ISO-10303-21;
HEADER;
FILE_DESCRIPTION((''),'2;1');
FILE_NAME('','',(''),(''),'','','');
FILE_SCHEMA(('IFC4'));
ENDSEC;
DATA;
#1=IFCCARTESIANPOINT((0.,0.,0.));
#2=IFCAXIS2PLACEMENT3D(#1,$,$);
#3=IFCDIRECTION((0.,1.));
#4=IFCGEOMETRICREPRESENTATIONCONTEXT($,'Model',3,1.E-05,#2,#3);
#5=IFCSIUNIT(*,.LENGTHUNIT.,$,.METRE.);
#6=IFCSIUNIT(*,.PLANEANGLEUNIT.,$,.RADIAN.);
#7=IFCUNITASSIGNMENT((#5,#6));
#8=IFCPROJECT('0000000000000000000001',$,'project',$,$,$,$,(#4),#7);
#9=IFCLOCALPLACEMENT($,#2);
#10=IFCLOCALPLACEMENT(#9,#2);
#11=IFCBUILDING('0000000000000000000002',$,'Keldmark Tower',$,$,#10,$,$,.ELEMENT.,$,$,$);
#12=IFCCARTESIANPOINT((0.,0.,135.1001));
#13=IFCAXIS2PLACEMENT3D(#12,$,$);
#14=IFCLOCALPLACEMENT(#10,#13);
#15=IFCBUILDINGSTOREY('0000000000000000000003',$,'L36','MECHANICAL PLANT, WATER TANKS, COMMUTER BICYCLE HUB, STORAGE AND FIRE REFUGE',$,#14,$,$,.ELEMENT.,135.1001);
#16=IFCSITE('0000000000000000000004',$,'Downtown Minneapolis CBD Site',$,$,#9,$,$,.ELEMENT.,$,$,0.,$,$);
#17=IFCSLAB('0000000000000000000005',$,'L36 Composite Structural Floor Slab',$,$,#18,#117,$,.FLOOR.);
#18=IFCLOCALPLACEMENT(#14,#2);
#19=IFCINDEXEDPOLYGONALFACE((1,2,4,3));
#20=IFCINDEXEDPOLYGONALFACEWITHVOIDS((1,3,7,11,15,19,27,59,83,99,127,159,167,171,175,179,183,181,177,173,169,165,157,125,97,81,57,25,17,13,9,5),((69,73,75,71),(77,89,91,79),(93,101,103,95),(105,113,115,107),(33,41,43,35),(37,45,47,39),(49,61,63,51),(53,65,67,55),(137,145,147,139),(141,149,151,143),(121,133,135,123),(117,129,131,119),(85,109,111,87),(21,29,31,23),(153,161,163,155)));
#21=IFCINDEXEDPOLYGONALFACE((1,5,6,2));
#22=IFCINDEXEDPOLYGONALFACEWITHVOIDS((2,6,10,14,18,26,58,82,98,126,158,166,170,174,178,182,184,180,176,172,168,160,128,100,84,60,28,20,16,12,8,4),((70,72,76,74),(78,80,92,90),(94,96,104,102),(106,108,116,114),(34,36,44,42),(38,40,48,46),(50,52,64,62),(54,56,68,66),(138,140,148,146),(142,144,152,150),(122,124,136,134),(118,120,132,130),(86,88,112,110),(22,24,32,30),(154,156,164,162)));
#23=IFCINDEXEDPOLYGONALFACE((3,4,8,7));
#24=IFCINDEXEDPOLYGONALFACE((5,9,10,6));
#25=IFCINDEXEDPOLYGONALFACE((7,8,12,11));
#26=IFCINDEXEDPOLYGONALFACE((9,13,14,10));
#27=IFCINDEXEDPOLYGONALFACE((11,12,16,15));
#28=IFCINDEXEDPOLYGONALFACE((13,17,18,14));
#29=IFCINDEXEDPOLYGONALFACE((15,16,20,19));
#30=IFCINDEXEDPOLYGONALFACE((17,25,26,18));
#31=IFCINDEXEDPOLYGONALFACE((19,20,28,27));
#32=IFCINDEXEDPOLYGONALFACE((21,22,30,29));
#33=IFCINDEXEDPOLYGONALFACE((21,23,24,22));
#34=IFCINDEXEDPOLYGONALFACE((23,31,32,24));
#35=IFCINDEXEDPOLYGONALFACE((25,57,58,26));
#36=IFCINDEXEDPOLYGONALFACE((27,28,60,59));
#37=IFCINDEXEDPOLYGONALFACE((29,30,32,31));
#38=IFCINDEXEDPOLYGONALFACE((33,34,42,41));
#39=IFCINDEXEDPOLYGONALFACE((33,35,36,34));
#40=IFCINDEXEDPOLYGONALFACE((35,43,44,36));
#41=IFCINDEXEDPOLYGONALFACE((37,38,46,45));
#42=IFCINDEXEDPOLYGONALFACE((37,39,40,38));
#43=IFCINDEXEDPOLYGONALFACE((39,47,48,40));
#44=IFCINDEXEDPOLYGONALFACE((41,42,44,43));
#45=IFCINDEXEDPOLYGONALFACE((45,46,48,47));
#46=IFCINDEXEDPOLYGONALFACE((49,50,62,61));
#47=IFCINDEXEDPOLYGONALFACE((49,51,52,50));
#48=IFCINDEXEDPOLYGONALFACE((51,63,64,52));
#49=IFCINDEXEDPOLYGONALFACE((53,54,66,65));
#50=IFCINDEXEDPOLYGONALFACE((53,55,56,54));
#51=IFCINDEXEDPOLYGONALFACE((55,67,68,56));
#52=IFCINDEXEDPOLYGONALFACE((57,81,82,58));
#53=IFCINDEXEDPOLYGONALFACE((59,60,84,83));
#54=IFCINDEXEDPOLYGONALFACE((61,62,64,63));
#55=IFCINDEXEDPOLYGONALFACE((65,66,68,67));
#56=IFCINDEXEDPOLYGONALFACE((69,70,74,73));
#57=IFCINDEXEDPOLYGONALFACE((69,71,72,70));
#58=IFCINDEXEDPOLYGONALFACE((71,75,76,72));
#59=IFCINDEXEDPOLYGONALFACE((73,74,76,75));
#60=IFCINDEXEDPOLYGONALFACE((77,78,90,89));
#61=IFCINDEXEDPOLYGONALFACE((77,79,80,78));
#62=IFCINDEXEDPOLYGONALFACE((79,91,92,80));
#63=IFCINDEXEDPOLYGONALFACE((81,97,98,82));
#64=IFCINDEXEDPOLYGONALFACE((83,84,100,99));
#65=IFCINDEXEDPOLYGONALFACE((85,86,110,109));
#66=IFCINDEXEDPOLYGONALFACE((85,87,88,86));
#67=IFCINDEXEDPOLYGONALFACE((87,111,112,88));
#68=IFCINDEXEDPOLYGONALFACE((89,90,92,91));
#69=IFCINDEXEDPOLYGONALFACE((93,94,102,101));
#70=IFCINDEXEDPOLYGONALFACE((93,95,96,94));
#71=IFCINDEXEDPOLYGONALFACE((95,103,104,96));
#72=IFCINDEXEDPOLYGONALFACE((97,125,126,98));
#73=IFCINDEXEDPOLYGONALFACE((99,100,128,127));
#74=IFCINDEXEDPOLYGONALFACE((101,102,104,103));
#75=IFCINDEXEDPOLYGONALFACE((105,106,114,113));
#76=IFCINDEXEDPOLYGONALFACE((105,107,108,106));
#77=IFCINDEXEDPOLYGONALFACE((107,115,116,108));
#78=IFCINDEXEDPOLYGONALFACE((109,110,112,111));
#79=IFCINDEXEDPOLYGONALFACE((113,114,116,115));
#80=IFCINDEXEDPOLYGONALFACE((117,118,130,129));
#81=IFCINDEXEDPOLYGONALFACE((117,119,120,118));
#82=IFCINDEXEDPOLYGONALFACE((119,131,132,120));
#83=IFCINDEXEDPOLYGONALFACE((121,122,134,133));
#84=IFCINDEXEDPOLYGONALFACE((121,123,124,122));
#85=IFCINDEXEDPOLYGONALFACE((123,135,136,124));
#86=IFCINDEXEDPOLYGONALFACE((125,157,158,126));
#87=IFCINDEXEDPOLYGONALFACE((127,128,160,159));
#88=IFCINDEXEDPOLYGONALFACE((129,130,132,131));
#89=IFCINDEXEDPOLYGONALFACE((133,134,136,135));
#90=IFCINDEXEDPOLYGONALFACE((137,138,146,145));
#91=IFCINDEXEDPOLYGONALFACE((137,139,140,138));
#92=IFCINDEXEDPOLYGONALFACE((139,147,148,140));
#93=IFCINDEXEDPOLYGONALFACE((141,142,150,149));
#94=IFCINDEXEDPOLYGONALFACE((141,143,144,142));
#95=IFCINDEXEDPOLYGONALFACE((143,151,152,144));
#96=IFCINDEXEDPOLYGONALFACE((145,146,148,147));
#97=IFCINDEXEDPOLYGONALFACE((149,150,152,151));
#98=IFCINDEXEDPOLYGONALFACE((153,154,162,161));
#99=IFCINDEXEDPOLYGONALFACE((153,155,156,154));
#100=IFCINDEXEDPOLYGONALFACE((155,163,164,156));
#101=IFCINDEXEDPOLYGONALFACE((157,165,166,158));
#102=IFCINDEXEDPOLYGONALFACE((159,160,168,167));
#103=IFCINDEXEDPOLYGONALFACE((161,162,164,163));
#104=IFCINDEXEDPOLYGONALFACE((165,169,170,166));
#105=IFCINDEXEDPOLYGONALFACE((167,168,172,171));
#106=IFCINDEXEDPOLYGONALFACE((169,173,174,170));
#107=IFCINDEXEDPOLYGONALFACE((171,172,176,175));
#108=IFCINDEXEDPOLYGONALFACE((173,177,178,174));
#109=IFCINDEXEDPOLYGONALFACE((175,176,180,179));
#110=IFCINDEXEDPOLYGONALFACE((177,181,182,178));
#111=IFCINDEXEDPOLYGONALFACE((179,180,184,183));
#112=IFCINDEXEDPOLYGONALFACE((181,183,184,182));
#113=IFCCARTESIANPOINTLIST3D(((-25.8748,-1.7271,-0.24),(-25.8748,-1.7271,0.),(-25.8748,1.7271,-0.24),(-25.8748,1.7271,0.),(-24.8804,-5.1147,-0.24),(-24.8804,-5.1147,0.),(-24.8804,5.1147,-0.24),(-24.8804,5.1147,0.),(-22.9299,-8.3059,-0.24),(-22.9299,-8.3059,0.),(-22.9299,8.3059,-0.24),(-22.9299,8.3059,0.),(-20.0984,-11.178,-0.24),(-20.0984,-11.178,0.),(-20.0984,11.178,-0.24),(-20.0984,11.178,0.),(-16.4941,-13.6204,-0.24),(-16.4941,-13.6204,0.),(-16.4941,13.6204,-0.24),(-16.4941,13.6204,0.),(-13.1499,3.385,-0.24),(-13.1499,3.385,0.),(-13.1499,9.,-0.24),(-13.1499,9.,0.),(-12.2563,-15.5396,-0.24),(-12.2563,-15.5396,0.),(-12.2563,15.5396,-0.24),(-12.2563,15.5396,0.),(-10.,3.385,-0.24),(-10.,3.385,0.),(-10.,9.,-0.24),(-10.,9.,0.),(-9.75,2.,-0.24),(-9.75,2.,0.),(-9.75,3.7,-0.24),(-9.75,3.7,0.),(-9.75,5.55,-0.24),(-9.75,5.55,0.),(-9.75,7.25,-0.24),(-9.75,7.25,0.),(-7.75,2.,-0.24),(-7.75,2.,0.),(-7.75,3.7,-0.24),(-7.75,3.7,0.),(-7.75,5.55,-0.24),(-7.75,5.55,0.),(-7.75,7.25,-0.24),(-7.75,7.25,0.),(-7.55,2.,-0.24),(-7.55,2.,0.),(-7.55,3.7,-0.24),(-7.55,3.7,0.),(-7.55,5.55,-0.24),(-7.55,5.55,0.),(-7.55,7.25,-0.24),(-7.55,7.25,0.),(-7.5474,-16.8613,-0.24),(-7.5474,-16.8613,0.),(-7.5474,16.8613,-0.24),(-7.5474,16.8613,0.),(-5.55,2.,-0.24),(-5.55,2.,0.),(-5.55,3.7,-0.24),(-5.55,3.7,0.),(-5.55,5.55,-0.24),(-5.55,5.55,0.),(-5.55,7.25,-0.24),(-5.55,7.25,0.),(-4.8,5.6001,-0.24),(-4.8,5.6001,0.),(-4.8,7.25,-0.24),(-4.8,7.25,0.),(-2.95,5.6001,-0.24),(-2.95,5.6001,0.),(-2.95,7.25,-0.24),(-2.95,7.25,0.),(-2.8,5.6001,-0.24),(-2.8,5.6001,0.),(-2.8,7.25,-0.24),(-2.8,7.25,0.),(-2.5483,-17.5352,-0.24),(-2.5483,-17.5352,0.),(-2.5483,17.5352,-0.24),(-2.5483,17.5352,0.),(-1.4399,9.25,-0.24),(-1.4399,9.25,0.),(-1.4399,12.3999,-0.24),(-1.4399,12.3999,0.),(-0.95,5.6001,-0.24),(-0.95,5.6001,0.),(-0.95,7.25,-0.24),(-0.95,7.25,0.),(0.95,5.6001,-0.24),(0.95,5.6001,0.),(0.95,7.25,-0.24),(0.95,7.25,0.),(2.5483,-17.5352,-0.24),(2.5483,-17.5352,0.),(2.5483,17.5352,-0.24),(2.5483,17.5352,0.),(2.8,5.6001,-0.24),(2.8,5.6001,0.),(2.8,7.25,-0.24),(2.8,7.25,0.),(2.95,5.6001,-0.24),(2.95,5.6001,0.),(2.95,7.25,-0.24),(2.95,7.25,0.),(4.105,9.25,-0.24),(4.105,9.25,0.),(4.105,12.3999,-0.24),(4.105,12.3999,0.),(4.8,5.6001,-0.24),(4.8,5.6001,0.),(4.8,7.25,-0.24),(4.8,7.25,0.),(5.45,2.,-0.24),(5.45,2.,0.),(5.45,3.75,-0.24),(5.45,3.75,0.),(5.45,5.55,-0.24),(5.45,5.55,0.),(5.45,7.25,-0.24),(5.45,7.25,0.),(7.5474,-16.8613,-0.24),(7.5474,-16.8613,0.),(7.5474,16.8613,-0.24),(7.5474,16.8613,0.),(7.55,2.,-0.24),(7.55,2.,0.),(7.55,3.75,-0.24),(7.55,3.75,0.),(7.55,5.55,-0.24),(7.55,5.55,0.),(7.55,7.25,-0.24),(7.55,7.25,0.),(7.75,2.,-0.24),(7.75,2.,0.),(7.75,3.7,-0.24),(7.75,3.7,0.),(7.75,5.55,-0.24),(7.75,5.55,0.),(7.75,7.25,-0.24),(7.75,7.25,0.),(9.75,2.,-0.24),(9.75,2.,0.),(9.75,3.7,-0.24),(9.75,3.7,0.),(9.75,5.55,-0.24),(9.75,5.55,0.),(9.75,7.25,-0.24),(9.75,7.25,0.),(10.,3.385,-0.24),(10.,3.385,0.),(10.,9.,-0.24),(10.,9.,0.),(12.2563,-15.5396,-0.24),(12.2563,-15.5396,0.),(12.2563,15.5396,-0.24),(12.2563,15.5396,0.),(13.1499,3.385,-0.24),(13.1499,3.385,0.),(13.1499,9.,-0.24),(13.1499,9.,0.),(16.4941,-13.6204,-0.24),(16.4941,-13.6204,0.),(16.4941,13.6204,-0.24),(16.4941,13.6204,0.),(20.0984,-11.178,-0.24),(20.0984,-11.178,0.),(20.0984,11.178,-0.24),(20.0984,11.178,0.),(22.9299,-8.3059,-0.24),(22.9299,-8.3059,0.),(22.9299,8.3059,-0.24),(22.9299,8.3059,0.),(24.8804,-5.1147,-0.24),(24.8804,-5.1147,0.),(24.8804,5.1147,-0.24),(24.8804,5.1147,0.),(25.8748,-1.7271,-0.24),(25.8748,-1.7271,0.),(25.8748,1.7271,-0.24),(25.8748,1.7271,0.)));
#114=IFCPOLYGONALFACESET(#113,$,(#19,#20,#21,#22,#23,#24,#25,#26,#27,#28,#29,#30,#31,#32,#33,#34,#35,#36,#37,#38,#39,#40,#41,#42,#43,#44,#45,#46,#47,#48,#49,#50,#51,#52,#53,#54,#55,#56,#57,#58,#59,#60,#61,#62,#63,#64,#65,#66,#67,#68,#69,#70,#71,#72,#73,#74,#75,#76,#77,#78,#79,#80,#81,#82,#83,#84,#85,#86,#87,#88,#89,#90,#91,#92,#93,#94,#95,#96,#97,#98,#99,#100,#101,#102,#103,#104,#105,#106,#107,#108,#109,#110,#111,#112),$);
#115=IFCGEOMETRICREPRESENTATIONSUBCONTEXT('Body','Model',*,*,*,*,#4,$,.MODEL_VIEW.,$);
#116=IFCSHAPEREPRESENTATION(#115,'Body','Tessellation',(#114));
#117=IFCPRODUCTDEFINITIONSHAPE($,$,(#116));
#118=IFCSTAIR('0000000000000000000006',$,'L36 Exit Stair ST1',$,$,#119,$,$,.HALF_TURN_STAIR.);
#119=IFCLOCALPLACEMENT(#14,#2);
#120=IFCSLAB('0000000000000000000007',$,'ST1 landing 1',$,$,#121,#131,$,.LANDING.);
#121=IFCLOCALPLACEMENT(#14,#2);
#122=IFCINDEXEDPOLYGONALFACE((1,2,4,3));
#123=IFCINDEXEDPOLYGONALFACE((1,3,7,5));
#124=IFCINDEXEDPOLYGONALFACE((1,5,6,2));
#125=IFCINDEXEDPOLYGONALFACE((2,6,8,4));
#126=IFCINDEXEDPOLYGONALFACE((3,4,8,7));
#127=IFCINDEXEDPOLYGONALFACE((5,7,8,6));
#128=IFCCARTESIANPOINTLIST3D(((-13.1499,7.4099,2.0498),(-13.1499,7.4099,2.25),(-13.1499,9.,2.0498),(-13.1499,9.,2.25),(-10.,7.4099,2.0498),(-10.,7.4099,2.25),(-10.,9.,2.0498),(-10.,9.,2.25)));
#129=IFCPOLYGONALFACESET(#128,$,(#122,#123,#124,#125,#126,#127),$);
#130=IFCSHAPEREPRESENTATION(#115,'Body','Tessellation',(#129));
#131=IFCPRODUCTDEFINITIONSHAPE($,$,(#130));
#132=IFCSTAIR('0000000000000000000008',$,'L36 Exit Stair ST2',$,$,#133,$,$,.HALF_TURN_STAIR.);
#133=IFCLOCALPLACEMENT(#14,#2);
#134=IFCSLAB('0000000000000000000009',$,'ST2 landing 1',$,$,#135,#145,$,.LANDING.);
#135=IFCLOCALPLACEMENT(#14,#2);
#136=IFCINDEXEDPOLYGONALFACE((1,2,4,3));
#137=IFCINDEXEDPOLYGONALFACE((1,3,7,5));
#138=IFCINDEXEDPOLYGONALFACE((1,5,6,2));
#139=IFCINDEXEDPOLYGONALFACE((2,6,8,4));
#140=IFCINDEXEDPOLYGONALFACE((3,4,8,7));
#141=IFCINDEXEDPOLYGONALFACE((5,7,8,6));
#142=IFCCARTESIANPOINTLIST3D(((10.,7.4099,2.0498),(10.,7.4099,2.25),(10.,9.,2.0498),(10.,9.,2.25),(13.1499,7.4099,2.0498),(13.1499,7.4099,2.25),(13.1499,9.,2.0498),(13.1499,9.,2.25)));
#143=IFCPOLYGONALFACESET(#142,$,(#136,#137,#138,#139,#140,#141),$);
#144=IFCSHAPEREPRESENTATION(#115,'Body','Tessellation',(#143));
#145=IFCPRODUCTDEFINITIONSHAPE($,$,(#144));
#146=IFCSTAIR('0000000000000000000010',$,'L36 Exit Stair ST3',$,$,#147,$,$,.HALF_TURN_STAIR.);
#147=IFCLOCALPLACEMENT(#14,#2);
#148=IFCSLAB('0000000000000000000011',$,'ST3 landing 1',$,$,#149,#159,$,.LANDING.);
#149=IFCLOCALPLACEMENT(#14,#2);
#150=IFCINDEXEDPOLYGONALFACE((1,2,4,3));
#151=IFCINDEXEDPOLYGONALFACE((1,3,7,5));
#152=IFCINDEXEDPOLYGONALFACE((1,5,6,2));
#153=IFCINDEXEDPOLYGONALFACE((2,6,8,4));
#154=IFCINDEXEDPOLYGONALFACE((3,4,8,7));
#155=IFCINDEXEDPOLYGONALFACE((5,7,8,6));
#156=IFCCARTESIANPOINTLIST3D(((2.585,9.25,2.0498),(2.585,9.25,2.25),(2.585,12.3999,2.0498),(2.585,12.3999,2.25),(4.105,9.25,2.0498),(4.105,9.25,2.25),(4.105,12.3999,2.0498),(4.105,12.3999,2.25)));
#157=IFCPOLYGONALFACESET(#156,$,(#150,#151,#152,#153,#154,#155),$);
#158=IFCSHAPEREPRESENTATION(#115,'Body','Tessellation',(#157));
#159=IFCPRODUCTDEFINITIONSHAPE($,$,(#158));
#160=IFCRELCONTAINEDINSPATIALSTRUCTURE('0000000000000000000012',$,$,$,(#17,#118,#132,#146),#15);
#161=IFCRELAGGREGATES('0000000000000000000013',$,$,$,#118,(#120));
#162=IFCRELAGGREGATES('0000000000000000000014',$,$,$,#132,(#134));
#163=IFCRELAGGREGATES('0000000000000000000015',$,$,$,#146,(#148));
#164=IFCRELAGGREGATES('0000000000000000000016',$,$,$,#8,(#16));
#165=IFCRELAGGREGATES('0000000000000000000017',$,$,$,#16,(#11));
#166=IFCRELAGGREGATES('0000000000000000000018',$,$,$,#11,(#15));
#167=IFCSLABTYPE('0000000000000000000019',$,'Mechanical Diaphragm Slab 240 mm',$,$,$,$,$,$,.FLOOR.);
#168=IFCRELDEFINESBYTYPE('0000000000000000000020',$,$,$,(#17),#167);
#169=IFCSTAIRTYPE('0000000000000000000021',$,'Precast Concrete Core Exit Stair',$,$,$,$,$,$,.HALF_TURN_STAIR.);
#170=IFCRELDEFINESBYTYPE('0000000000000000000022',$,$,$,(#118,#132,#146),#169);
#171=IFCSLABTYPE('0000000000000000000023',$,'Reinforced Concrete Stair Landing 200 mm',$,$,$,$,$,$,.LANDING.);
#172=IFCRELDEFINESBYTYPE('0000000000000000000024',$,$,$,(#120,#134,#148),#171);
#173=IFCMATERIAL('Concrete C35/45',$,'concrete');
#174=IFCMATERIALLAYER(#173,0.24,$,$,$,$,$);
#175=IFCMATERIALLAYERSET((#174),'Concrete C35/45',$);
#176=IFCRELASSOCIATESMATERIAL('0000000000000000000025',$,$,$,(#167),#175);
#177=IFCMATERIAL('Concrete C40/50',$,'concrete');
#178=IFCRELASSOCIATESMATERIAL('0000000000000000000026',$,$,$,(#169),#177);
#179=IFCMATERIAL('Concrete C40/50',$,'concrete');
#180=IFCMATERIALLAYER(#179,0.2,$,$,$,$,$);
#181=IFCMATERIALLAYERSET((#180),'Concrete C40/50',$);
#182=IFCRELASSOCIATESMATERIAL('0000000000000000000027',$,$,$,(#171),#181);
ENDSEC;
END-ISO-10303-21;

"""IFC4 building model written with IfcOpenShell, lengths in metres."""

from ifc_helpers import new_model, si_unit, direction, frame, origin, place, context, subcontext, project, spatial, polyline, outline, extrude, material, layer, layer_set, type_object, element, aggregate, save


model = new_model("IFC4")

# Units and contexts
model_context = context("Model", 3, precision=1e-05, world=origin(), true_north=direction((0.0, 1.0)))
body_context = subcontext(model_context, "Body", "Model", "MODEL_VIEW")
ifc_project = project(units=[si_unit("LENGTHUNIT", "METRE"), si_unit("PLANEANGLEUNIT", "RADIAN")], contexts=[model_context])

# Site, building, storey
site_placement = place(None, origin())
site = spatial("IfcSite", under=ifc_project, at=site_placement, Name="Downtown Minneapolis CBD Site", CompositionType="ELEMENT", RefElevation=0.0)
building_placement = place(site_placement, origin())
building = spatial("IfcBuilding", under=site, at=building_placement, Name="Keldmark Tower", CompositionType="ELEMENT")
storey_placement = place(building_placement, frame((0.0, 0.0, 135.1001)))
storey = spatial("IfcBuildingStorey", under=building, at=storey_placement, Name="L36", Description="MECHANICAL PLANT, WATER TANKS, COMMUTER BICYCLE HUB, STORAGE AND FIRE REFUGE", CompositionType="ELEMENT", Elevation=135.1001)

# Slab
ifc_material_1 = material(Name="Concrete C35/45", Category="concrete")
ifc_layer_1 = layer(ifc_material_1, 0.24)
ifc_layer_set_1 = layer_set([ifc_layer_1], Name="Concrete C35/45")
slab_type_1 = type_object("IfcSlabType", Name="Mechanical Diaphragm Slab 240 mm", PredefinedType="FLOOR", material=ifc_layer_set_1)
slab_1_placement = place(storey_placement, frame((0.0, 0.0, -0.24)))
element("IfcSlab", 1, at=slab_1_placement, inside=storey, type_object=slab_type_1, Name="L36 Composite Structural Floor Slab", PredefinedType="FLOOR", context=body_context, shape_type="SweptSolid", body=[
    extrude(outline(polyline([(25.8748, 1.7271), (24.8804, 5.1147), (22.9299, 8.3059), (20.0984, 11.178), (16.4941, 13.6204), (12.2563, 15.5396), (7.5474, 16.8613), (2.5483, 17.5352), (-2.5483, 17.5352), (-7.5474, 16.8613), (-12.2563, 15.5396), (-16.4941, 13.6204), (-20.0984, 11.178), (-22.9299, 8.3059), (-24.8804, 5.1147), (-25.8748, 1.7271), (-25.8748, -1.7271), (-24.8804, -5.1147), (-22.9299, -8.3059), (-20.0984, -11.178), (-16.4941, -13.6204), (-12.2563, -15.5396), (-7.5474, -16.8613), (-2.5483, -17.5352), (2.5483, -17.5352), (7.5474, -16.8613), (12.2563, -15.5396), (16.4941, -13.6204), (20.0984, -11.178), (22.9299, -8.3059), (24.8804, -5.1147), (25.8748, -1.7271), (25.8748, 1.7271)]), holes=[polyline([(-10.0, 3.385), (-10.0, 9.0), (-13.1499, 9.0), (-13.1499, 3.385), (-10.0, 3.385)]), polyline([(13.1499, 3.385), (13.1499, 9.0), (10.0, 9.0), (10.0, 3.385), (13.1499, 3.385)]), polyline([(-1.4399, 9.25), (4.105, 9.25), (4.105, 12.3999), (-1.4399, 12.3999), (-1.4399, 9.25)]), polyline([(-9.75, 2.0), (-7.75, 2.0), (-7.75, 3.7), (-9.75, 3.7), (-9.75, 2.0)]), polyline([(7.75, 2.0), (9.75, 2.0), (9.75, 3.7), (7.75, 3.7), (7.75, 2.0)]), polyline([(5.45, 2.0), (7.55, 2.0), (7.55, 3.75), (5.45, 3.75), (5.45, 2.0)]), polyline([(-4.8, 5.6001), (-2.95, 5.6001), (-2.95, 7.25), (-4.8, 7.25), (-4.8, 5.6001)]), polyline([(-2.8, 5.6001), (-0.95, 5.6001), (-0.95, 7.25), (-2.8, 7.25), (-2.8, 5.6001)]), polyline([(0.95, 5.6001), (2.8, 5.6001), (2.8, 7.25), (0.95, 7.25), (0.95, 5.6001)]), polyline([(2.95, 5.6001), (4.8, 5.6001), (4.8, 7.25), (2.95, 7.25), (2.95, 5.6001)]), polyline([(-9.75, 5.55), (-7.75, 5.55), (-7.75, 7.25), (-9.75, 7.25), (-9.75, 5.55)]), polyline([(-7.55, 5.55), (-5.55, 5.55), (-5.55, 7.25), (-7.55, 7.25), (-7.55, 5.55)]), polyline([(-7.55, 2.0), (-5.55, 2.0), (-5.55, 3.7), (-7.55, 3.7), (-7.55, 2.0)]), polyline([(5.45, 5.55), (7.55, 5.55), (7.55, 7.25), (5.45, 7.25), (5.45, 5.55)]), polyline([(7.75, 5.55), (9.75, 5.55), (9.75, 7.25), (7.75, 7.25), (7.75, 5.55)])]), origin(), (0.0, 0.0, 1.0), 0.24),
])

# Stairs, slabs
ifc_material_2 = material(Name="Concrete C40/50", Category="concrete")
stair_type = type_object("IfcStairType", Name="Precast Concrete Core Exit Stair", PredefinedType="HALF_TURN_STAIR", material=ifc_material_2)
stair_1_placement = place(storey_placement, origin())
stair_1 = element("IfcStair", 2, at=stair_1_placement, inside=storey, type_object=stair_type, Name="L36 Exit Stair ST1", PredefinedType="HALF_TURN_STAIR")
ifc_material_3 = material(Name="Concrete C40/50", Category="concrete")
ifc_layer_2 = layer(ifc_material_3, 0.2)
ifc_layer_set_2 = layer_set([ifc_layer_2], Name="Concrete C40/50")
slab_type_2 = type_object("IfcSlabType", Name="Reinforced Concrete Stair Landing 200 mm", PredefinedType="LANDING", material=ifc_layer_set_2)
slab_2_placement = place(storey_placement, frame((0.0, 0.0, 2.0498)))
slab_2 = element("IfcSlab", 3, at=slab_2_placement, type_object=slab_type_2, Name="ST1 landing 1", PredefinedType="LANDING", context=body_context, shape_type="SweptSolid", body=[
    extrude(outline(polyline([(-10.0, 7.4099), (-10.0, 9.0), (-13.1499, 9.0), (-13.1499, 7.4099), (-10.0, 7.4099)])), origin(), (0.0, 0.0, 1.0), 0.2002),
])
aggregate(stair_1, [slab_2])
stair_2_placement = place(storey_placement, origin())
stair_2 = element("IfcStair", 4, at=stair_2_placement, inside=storey, type_object=stair_type, Name="L36 Exit Stair ST2", PredefinedType="HALF_TURN_STAIR")
slab_3_placement = place(storey_placement, frame((0.0, 0.0, 2.0498)))
slab_3 = element("IfcSlab", 5, at=slab_3_placement, type_object=slab_type_2, Name="ST2 landing 1", PredefinedType="LANDING", context=body_context, shape_type="SweptSolid", body=[
    extrude(outline(polyline([(13.1499, 7.4099), (13.1499, 9.0), (10.0, 9.0), (10.0, 7.4099), (13.1499, 7.4099)])), origin(), (0.0, 0.0, 1.0), 0.2002),
])
aggregate(stair_2, [slab_3])
stair_3_placement = place(storey_placement, origin())
stair_3 = element("IfcStair", 6, at=stair_3_placement, inside=storey, type_object=stair_type, Name="L36 Exit Stair ST3", PredefinedType="HALF_TURN_STAIR")
slab_4_placement = place(storey_placement, frame((0.0, 0.0, 2.0498)))
slab_4 = element("IfcSlab", 7, at=slab_4_placement, type_object=slab_type_2, Name="ST3 landing 1", PredefinedType="LANDING", context=body_context, shape_type="SweptSolid", body=[
    extrude(outline(polyline([(2.585, 9.25), (4.105, 9.25), (4.105, 12.3999), (2.585, 12.3999), (2.585, 9.25)])), origin(), (0.0, 0.0, 1.0), 0.2002),
])
aggregate(stair_3, [slab_4])

save(model, "model.ifc")
